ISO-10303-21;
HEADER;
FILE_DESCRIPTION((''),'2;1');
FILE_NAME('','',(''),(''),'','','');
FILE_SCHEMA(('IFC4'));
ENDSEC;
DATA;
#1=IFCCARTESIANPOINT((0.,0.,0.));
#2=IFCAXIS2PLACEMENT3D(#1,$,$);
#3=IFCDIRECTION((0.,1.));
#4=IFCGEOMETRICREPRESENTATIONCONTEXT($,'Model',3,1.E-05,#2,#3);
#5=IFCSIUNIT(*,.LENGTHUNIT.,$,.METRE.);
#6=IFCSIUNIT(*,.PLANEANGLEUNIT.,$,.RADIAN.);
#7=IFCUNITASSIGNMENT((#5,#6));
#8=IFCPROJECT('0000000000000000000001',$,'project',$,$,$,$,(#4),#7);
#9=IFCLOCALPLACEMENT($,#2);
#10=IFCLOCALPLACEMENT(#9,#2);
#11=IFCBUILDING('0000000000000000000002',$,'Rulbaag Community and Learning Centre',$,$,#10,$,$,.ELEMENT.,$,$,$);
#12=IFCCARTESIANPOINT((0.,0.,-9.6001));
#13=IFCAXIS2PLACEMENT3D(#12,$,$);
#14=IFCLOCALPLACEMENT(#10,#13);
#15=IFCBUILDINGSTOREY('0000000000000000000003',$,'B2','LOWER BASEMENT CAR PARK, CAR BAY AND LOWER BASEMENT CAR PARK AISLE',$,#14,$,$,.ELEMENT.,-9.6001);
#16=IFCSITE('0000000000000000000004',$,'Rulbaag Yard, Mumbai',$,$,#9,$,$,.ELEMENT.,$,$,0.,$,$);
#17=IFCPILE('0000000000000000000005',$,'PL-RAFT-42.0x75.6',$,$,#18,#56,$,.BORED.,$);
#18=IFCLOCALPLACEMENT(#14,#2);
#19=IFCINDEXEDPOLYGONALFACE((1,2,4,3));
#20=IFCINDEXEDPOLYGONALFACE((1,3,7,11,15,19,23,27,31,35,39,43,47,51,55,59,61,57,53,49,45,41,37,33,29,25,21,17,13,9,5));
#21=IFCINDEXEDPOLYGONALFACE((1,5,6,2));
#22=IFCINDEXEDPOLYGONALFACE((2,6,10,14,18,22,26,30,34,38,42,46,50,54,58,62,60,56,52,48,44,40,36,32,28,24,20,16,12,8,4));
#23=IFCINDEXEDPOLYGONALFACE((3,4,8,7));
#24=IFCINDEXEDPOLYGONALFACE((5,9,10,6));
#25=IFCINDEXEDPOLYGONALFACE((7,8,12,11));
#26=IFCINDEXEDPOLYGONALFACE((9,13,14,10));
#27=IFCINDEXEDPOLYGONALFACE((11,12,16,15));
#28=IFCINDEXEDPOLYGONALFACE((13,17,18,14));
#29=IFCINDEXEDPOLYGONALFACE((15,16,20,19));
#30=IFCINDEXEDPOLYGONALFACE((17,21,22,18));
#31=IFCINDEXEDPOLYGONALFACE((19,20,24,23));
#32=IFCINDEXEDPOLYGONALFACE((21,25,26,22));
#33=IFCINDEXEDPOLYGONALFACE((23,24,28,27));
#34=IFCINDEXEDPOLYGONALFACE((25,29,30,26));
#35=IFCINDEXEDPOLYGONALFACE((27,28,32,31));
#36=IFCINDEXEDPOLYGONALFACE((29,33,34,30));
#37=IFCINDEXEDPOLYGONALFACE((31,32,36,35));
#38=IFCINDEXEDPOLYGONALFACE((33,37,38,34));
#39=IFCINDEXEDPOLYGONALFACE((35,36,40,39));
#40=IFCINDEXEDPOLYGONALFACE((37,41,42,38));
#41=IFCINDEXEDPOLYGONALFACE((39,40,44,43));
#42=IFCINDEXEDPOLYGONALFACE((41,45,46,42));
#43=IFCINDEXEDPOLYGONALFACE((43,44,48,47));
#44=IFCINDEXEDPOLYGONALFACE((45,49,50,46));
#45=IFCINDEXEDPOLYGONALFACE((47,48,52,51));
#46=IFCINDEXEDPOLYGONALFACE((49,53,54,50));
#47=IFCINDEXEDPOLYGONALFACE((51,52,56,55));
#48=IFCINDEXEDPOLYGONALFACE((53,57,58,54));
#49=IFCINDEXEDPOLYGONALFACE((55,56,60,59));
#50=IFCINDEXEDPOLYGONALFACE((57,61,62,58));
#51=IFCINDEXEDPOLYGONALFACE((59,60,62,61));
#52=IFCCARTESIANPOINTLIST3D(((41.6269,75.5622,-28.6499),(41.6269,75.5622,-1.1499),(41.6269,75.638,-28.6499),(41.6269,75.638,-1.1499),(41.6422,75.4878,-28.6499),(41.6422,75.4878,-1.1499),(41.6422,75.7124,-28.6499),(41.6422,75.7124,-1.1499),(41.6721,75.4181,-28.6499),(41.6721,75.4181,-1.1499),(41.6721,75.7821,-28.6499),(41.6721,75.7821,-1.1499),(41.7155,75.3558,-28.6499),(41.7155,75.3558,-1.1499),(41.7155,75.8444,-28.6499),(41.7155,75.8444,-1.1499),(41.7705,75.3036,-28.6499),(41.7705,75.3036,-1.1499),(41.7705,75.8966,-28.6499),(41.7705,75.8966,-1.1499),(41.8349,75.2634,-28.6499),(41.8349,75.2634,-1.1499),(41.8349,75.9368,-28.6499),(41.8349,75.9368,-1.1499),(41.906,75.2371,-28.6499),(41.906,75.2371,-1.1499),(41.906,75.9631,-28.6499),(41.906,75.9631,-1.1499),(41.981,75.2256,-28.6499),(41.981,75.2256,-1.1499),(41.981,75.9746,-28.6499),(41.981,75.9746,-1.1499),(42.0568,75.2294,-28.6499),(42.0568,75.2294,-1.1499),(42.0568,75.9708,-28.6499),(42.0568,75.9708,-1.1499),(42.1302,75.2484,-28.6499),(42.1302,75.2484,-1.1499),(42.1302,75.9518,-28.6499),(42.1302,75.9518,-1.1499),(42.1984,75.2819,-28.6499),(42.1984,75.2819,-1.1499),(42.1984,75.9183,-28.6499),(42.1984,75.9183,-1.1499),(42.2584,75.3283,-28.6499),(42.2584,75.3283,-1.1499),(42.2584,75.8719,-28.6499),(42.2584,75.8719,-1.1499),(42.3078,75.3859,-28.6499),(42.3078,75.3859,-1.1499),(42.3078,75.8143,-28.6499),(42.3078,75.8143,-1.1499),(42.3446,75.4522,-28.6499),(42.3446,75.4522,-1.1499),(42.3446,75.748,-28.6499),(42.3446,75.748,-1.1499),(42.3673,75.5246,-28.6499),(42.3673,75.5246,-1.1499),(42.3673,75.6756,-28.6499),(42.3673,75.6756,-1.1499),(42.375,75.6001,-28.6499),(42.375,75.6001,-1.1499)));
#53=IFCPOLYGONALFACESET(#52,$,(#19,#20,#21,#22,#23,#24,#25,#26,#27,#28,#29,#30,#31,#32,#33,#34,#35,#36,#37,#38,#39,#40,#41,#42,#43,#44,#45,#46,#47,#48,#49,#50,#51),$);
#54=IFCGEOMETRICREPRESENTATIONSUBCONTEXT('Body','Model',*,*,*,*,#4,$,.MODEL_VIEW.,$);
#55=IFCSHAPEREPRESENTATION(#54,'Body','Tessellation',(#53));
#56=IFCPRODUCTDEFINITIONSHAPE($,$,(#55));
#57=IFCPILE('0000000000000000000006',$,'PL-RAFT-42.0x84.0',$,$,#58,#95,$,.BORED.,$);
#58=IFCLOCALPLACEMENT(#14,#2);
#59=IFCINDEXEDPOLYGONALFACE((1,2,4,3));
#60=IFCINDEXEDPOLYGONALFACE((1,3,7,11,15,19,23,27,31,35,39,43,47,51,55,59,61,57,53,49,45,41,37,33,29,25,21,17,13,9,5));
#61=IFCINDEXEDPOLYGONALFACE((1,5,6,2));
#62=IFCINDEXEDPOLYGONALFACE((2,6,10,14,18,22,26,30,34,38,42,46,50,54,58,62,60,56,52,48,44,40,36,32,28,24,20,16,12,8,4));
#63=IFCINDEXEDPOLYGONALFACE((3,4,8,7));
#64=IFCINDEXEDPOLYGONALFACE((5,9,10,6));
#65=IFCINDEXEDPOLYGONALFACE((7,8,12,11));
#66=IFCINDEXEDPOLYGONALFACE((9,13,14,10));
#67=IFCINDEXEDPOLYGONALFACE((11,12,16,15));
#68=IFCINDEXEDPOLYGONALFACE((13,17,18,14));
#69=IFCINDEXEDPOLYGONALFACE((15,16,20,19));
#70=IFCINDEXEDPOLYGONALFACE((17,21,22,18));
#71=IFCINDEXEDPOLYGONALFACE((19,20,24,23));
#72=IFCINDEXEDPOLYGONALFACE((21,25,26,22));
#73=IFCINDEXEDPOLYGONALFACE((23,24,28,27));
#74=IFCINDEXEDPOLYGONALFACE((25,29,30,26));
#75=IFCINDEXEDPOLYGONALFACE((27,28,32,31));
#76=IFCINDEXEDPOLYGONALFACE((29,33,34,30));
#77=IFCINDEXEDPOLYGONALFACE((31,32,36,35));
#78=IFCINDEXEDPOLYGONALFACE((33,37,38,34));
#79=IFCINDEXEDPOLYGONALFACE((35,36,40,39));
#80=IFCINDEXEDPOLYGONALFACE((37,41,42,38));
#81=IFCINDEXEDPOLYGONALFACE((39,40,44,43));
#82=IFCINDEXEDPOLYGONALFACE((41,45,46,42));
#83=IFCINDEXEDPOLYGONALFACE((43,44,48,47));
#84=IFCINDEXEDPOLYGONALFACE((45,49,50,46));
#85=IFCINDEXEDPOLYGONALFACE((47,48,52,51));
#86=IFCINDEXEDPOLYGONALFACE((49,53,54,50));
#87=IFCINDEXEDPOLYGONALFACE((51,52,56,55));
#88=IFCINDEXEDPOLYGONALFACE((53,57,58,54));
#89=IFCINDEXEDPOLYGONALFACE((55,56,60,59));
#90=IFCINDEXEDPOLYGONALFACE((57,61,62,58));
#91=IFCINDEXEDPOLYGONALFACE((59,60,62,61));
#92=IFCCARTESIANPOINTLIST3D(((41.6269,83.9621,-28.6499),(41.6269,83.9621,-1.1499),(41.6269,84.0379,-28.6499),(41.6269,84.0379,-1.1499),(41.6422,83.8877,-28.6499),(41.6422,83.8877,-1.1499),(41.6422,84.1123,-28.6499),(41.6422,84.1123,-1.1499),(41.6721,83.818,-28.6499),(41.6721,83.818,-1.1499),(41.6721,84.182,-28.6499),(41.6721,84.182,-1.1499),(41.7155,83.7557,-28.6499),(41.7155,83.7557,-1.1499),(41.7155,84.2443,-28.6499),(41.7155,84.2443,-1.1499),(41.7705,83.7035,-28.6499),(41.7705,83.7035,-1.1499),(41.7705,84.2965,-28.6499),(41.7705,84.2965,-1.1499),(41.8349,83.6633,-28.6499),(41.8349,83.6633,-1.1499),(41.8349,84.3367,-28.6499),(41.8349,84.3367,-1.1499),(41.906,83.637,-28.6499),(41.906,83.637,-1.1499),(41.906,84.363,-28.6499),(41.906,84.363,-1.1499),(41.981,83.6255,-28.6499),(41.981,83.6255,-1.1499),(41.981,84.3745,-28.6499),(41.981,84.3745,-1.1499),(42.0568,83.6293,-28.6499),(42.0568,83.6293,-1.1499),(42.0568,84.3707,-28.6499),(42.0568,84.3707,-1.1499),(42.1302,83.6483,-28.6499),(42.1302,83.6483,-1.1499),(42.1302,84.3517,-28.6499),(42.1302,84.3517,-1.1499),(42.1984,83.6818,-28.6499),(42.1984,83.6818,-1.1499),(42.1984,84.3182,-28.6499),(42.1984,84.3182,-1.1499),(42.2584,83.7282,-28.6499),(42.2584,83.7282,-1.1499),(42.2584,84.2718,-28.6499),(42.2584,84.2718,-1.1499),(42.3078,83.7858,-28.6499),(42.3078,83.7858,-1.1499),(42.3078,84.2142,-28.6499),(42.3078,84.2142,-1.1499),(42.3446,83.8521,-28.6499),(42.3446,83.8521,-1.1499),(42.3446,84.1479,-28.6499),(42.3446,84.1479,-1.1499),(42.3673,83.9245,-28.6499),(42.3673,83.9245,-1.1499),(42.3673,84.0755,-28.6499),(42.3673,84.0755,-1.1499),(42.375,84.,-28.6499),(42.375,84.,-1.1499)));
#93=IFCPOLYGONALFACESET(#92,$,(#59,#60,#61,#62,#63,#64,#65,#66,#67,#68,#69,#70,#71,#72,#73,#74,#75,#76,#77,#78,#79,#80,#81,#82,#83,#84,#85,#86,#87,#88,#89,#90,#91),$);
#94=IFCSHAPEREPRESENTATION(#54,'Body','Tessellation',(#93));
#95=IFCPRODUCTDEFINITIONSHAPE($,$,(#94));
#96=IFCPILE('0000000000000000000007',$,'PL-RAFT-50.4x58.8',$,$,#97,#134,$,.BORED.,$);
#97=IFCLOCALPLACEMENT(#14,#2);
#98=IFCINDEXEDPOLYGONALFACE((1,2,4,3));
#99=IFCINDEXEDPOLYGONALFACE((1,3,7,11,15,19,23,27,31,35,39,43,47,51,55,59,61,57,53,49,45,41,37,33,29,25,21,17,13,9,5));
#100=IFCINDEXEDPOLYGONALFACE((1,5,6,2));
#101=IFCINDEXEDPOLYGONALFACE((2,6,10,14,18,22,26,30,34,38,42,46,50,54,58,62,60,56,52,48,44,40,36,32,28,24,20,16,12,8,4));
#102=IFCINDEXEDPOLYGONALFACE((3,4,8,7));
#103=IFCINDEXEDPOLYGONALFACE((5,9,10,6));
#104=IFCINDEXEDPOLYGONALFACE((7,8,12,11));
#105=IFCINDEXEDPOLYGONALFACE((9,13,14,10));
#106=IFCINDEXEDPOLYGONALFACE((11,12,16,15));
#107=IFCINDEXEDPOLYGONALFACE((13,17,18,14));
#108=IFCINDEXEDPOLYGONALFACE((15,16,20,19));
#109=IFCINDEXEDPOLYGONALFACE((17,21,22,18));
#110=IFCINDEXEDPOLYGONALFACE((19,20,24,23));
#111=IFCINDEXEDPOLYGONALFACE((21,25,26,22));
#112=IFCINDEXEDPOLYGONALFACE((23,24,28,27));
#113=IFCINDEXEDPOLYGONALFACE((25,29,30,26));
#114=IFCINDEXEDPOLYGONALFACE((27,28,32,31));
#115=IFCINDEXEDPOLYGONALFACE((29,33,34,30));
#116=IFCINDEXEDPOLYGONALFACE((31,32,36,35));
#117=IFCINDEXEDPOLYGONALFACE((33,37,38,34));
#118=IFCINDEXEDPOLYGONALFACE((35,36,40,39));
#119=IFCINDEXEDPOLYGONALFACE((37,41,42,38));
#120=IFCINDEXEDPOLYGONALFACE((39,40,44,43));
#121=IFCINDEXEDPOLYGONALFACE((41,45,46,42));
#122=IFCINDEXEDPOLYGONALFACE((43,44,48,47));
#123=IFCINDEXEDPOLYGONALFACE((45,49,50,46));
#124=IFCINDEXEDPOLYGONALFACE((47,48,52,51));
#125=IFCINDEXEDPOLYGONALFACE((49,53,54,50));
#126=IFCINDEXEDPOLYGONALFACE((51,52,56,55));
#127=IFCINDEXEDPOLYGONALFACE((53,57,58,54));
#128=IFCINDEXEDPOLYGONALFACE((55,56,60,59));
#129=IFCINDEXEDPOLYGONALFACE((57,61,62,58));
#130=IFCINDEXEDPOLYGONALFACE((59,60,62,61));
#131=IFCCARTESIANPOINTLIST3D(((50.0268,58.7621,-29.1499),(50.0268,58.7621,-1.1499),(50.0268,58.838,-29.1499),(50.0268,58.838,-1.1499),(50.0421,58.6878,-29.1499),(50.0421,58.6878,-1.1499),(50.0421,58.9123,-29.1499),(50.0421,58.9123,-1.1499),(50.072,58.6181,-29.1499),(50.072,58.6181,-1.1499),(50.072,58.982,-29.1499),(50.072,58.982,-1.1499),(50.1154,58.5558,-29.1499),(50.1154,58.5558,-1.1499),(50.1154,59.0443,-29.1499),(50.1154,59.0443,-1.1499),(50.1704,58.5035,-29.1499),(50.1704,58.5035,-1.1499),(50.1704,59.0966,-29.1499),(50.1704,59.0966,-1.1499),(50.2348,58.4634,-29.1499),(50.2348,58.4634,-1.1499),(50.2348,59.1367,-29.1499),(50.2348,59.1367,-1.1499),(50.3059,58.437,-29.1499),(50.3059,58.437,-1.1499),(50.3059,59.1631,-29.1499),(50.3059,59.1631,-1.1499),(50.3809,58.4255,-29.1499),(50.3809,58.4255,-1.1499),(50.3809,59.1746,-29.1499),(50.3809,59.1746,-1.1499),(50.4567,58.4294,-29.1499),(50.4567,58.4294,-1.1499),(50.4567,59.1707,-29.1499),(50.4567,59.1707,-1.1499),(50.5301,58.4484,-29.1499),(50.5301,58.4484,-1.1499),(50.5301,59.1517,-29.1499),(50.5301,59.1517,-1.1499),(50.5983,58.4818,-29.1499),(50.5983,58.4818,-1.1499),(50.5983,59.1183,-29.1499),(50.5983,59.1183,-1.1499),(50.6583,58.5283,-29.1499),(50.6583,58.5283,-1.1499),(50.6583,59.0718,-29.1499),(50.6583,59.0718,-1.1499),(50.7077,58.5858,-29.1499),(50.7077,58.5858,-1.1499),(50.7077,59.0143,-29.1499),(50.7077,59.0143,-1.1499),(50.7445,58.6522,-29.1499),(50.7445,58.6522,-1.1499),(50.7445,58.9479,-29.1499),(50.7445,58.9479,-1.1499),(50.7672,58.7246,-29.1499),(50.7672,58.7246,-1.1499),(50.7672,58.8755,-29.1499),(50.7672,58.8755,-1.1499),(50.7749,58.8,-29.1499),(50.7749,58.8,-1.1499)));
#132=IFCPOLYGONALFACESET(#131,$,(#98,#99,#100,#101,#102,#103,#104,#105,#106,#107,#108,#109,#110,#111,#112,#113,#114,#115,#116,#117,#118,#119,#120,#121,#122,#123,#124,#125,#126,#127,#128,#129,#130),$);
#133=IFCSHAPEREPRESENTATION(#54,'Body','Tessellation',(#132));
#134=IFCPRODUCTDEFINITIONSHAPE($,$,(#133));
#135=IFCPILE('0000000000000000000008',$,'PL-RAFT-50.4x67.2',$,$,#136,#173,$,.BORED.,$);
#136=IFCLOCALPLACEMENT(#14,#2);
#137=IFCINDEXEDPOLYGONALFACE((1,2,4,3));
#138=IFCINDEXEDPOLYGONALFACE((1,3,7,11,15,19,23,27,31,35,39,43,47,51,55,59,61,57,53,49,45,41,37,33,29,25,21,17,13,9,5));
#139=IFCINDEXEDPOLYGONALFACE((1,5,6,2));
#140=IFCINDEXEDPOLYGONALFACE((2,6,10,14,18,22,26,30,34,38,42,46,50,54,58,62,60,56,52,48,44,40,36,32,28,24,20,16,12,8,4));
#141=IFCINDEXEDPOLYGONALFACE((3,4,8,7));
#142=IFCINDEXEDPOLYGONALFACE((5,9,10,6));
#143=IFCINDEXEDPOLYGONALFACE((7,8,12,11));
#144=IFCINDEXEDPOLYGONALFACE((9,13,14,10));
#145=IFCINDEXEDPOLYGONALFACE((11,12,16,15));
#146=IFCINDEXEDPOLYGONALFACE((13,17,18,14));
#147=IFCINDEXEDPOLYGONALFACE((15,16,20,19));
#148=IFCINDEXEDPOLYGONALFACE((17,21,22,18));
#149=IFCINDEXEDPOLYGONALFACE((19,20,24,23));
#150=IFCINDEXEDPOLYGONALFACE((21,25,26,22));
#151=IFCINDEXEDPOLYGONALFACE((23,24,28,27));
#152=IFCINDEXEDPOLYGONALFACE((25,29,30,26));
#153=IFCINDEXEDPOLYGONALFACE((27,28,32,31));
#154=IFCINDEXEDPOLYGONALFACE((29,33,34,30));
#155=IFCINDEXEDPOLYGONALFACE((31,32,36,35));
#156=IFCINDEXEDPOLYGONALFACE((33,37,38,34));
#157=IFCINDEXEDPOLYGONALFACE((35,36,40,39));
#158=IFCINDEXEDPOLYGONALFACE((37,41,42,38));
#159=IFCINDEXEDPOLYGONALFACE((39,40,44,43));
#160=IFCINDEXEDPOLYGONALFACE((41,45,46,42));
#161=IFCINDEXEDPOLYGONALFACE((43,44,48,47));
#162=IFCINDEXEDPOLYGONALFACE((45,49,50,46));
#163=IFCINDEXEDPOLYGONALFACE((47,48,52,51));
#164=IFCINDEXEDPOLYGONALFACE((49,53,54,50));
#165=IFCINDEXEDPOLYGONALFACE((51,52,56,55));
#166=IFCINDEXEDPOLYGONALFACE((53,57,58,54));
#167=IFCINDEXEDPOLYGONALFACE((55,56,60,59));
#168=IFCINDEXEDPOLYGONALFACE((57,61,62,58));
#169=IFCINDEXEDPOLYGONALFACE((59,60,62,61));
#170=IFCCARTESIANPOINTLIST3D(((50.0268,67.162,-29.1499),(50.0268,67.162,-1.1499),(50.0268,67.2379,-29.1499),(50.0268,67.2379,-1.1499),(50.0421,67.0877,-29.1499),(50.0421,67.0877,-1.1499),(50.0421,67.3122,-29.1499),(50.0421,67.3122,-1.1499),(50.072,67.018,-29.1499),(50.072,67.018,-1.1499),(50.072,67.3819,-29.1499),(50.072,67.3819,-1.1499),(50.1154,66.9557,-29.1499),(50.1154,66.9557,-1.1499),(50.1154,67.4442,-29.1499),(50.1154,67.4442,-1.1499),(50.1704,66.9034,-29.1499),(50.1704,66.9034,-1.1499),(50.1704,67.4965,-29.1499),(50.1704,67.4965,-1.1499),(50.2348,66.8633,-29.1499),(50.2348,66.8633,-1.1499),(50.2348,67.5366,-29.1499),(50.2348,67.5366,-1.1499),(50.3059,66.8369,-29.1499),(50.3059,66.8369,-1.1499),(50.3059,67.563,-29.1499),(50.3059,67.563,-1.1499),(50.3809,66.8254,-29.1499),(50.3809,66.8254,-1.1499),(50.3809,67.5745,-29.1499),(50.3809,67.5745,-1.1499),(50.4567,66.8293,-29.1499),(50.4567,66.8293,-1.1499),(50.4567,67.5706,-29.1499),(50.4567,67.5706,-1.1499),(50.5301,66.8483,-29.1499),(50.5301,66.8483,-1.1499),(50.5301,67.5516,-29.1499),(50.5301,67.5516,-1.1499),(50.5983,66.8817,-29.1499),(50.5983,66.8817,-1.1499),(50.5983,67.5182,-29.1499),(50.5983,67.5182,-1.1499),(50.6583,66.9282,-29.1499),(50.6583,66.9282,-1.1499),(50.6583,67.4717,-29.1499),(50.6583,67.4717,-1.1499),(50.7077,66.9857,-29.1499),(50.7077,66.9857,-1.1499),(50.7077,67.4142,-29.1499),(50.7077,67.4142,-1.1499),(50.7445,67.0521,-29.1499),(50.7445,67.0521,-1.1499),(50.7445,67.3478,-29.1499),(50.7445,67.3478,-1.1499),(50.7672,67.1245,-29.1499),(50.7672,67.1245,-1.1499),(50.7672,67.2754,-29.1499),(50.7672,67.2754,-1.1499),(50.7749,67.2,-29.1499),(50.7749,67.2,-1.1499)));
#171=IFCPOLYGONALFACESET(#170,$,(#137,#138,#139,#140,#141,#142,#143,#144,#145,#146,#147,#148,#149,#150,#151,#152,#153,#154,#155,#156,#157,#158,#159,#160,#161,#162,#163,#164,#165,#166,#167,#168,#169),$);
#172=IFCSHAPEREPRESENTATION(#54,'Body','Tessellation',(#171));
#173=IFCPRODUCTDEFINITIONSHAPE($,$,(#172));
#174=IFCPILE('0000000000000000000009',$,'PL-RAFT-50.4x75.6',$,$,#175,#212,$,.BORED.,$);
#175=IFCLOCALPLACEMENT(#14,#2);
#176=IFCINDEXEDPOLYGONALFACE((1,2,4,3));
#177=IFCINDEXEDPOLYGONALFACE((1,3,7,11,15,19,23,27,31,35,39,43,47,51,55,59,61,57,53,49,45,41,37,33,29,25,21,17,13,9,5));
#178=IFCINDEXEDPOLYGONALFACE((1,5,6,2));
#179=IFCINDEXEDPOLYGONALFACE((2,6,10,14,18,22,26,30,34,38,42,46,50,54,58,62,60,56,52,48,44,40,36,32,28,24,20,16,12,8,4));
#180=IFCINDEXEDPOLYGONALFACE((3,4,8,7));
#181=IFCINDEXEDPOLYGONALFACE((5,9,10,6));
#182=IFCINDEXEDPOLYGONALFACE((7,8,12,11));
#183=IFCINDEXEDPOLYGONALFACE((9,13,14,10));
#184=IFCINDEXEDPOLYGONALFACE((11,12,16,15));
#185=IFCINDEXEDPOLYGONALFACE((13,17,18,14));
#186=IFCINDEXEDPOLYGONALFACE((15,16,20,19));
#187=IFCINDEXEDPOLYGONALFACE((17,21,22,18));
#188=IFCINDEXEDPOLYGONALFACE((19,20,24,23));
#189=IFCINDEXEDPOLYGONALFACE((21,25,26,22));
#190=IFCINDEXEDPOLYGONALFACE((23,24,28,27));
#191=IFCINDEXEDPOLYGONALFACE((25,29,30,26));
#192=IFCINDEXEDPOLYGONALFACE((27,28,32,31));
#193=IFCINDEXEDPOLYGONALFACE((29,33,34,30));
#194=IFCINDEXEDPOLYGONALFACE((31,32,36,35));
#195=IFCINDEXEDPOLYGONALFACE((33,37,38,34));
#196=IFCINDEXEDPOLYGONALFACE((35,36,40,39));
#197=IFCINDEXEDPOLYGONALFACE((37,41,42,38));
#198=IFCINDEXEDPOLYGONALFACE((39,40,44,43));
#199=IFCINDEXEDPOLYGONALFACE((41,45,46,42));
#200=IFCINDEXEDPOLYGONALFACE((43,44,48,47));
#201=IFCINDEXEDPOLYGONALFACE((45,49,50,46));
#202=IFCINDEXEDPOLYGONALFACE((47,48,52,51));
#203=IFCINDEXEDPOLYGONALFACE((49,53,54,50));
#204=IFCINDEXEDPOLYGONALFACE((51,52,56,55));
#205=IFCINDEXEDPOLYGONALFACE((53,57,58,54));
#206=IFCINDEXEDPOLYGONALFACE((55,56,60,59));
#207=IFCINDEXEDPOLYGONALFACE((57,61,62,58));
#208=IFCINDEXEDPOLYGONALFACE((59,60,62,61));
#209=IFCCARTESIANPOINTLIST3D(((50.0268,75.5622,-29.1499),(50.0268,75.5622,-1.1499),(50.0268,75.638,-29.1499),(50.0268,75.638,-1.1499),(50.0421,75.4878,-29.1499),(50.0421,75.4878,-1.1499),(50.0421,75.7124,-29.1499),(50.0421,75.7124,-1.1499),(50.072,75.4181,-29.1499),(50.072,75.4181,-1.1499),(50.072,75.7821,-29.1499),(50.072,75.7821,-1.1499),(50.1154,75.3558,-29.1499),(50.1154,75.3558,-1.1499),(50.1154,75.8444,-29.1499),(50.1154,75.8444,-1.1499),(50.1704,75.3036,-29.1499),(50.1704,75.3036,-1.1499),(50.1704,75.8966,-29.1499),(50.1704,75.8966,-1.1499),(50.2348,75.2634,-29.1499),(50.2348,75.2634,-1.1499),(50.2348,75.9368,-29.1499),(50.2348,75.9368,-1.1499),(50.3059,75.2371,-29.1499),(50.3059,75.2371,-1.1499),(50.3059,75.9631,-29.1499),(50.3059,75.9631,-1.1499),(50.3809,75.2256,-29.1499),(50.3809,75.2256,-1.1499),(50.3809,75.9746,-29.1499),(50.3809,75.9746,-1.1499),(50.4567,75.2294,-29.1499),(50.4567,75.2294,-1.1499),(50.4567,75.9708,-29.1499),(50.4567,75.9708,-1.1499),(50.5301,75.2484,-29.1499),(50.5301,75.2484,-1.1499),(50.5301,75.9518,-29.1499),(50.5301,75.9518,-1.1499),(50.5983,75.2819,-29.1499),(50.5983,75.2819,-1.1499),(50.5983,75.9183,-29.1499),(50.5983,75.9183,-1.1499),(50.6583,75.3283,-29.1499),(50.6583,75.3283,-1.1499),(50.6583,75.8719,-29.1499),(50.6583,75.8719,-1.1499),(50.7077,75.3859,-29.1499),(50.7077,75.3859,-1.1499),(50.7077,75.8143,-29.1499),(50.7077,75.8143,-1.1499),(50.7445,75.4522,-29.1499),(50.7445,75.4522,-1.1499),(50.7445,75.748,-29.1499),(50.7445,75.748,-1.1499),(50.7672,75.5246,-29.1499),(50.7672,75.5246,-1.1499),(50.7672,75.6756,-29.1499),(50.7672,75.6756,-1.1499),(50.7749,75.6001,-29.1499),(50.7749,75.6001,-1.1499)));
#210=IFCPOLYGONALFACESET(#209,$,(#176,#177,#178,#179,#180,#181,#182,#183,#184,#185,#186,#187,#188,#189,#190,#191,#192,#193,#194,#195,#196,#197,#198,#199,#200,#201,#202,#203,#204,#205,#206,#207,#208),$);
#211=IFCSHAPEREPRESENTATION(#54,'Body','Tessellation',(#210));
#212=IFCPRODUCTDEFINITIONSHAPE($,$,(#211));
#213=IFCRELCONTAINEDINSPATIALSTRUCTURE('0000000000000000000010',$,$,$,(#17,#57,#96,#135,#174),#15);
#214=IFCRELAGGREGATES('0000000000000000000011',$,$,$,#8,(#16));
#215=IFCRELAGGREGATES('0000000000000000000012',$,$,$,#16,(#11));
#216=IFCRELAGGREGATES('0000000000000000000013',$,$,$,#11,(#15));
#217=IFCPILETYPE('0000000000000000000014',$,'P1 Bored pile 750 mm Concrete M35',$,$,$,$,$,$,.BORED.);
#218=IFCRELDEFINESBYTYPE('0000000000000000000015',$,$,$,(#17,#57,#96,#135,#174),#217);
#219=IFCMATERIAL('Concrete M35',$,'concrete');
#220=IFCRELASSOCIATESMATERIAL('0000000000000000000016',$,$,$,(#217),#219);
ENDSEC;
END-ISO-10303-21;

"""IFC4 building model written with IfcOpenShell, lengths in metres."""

from ifc_helpers import new_model, si_unit, direction, frame, origin, origin_2d, place, context, subcontext, project, spatial, circle, extrude, material, material_profile, profile_set, type_object, element, save


model = new_model("IFC4")

# Units and contexts
model_context = context("Model", 3, precision=1e-05, world=origin(), true_north=direction((0.0, 1.0)))
body_context = subcontext(model_context, "Body", "Model", "MODEL_VIEW")
ifc_project = project(units=[si_unit("LENGTHUNIT", "METRE"), si_unit("PLANEANGLEUNIT", "RADIAN")], contexts=[model_context])

# Site, building, storey
site_placement = place(None, origin())
site = spatial("IfcSite", under=ifc_project, at=site_placement, Name="Rulbaag Yard, Mumbai", CompositionType="ELEMENT", RefElevation=0.0)
building_placement = place(site_placement, origin())
building = spatial("IfcBuilding", under=site, at=building_placement, Name="Rulbaag Community and Learning Centre", CompositionType="ELEMENT")
storey_placement = place(building_placement, frame((0.0, 0.0, -9.6001)))
storey = spatial("IfcBuildingStorey", under=building, at=storey_placement, Name="B2", Description="LOWER BASEMENT CAR PARK, CAR BAY AND LOWER BASEMENT CAR PARK AISLE", CompositionType="ELEMENT", Elevation=-9.6001)

# Piles
ifc_material_1 = material(Name="Concrete M35", Category="concrete")
ifc_material_profile_1 = material_profile(ifc_material_1, circle(Radius=0.375, at=origin_2d()), Name="BP750")
ifc_profile_set_1 = profile_set([ifc_material_profile_1], Name="Concrete M35")
pile_type_1 = type_object("IfcPileType", Name="P1 Bored pile 750 mm Concrete M35", PredefinedType="BORED", material=ifc_profile_set_1)
for number, where, z_axis, x_axis, name in (
    (1, (42.0, 75.6001, -1.1499), (0.0, 0.0, -1.0), (1.0, 0.0, 0.0), "PL-RAFT-42.0x75.6"),
    (2, (42.0, 84.0, -1.1499), (0.0, 0.0, -1.0), (1.0, 0.0, 0.0), "PL-RAFT-42.0x84.0"),
):
    element("IfcPile", number, at=place(storey_placement, frame(where, z_axis=z_axis, x_axis=x_axis)), inside=storey, type_object=pile_type_1, Name=name, PredefinedType="BORED", context=body_context, shape_type="SweptSolid", body=[
        extrude(circle(Radius=0.375, at=origin_2d()), origin(), (0.0, 0.0, 1.0), 27.5),
    ])
for number, where, z_axis, x_axis, name in (
    (3, (50.3999, 58.8, -1.1499), (0.0, 0.0, -1.0), (1.0, 0.0, 0.0), "PL-RAFT-50.4x58.8"),
    (4, (50.3999, 67.2, -1.1499), (0.0, 0.0, -1.0), (1.0, 0.0, 0.0), "PL-RAFT-50.4x67.2"),
    (5, (50.3999, 75.6001, -1.1499), (0.0, 0.0, -1.0), (1.0, 0.0, 0.0), "PL-RAFT-50.4x75.6"),
):
    element("IfcPile", number, at=place(storey_placement, frame(where, z_axis=z_axis, x_axis=x_axis)), inside=storey, type_object=pile_type_1, Name=name, PredefinedType="BORED", context=body_context, shape_type="SweptSolid", body=[
        extrude(circle(Radius=0.375, at=origin_2d()), origin(), (0.0, 0.0, 1.0), 28.0),
    ])

save(model, "model.ifc")
